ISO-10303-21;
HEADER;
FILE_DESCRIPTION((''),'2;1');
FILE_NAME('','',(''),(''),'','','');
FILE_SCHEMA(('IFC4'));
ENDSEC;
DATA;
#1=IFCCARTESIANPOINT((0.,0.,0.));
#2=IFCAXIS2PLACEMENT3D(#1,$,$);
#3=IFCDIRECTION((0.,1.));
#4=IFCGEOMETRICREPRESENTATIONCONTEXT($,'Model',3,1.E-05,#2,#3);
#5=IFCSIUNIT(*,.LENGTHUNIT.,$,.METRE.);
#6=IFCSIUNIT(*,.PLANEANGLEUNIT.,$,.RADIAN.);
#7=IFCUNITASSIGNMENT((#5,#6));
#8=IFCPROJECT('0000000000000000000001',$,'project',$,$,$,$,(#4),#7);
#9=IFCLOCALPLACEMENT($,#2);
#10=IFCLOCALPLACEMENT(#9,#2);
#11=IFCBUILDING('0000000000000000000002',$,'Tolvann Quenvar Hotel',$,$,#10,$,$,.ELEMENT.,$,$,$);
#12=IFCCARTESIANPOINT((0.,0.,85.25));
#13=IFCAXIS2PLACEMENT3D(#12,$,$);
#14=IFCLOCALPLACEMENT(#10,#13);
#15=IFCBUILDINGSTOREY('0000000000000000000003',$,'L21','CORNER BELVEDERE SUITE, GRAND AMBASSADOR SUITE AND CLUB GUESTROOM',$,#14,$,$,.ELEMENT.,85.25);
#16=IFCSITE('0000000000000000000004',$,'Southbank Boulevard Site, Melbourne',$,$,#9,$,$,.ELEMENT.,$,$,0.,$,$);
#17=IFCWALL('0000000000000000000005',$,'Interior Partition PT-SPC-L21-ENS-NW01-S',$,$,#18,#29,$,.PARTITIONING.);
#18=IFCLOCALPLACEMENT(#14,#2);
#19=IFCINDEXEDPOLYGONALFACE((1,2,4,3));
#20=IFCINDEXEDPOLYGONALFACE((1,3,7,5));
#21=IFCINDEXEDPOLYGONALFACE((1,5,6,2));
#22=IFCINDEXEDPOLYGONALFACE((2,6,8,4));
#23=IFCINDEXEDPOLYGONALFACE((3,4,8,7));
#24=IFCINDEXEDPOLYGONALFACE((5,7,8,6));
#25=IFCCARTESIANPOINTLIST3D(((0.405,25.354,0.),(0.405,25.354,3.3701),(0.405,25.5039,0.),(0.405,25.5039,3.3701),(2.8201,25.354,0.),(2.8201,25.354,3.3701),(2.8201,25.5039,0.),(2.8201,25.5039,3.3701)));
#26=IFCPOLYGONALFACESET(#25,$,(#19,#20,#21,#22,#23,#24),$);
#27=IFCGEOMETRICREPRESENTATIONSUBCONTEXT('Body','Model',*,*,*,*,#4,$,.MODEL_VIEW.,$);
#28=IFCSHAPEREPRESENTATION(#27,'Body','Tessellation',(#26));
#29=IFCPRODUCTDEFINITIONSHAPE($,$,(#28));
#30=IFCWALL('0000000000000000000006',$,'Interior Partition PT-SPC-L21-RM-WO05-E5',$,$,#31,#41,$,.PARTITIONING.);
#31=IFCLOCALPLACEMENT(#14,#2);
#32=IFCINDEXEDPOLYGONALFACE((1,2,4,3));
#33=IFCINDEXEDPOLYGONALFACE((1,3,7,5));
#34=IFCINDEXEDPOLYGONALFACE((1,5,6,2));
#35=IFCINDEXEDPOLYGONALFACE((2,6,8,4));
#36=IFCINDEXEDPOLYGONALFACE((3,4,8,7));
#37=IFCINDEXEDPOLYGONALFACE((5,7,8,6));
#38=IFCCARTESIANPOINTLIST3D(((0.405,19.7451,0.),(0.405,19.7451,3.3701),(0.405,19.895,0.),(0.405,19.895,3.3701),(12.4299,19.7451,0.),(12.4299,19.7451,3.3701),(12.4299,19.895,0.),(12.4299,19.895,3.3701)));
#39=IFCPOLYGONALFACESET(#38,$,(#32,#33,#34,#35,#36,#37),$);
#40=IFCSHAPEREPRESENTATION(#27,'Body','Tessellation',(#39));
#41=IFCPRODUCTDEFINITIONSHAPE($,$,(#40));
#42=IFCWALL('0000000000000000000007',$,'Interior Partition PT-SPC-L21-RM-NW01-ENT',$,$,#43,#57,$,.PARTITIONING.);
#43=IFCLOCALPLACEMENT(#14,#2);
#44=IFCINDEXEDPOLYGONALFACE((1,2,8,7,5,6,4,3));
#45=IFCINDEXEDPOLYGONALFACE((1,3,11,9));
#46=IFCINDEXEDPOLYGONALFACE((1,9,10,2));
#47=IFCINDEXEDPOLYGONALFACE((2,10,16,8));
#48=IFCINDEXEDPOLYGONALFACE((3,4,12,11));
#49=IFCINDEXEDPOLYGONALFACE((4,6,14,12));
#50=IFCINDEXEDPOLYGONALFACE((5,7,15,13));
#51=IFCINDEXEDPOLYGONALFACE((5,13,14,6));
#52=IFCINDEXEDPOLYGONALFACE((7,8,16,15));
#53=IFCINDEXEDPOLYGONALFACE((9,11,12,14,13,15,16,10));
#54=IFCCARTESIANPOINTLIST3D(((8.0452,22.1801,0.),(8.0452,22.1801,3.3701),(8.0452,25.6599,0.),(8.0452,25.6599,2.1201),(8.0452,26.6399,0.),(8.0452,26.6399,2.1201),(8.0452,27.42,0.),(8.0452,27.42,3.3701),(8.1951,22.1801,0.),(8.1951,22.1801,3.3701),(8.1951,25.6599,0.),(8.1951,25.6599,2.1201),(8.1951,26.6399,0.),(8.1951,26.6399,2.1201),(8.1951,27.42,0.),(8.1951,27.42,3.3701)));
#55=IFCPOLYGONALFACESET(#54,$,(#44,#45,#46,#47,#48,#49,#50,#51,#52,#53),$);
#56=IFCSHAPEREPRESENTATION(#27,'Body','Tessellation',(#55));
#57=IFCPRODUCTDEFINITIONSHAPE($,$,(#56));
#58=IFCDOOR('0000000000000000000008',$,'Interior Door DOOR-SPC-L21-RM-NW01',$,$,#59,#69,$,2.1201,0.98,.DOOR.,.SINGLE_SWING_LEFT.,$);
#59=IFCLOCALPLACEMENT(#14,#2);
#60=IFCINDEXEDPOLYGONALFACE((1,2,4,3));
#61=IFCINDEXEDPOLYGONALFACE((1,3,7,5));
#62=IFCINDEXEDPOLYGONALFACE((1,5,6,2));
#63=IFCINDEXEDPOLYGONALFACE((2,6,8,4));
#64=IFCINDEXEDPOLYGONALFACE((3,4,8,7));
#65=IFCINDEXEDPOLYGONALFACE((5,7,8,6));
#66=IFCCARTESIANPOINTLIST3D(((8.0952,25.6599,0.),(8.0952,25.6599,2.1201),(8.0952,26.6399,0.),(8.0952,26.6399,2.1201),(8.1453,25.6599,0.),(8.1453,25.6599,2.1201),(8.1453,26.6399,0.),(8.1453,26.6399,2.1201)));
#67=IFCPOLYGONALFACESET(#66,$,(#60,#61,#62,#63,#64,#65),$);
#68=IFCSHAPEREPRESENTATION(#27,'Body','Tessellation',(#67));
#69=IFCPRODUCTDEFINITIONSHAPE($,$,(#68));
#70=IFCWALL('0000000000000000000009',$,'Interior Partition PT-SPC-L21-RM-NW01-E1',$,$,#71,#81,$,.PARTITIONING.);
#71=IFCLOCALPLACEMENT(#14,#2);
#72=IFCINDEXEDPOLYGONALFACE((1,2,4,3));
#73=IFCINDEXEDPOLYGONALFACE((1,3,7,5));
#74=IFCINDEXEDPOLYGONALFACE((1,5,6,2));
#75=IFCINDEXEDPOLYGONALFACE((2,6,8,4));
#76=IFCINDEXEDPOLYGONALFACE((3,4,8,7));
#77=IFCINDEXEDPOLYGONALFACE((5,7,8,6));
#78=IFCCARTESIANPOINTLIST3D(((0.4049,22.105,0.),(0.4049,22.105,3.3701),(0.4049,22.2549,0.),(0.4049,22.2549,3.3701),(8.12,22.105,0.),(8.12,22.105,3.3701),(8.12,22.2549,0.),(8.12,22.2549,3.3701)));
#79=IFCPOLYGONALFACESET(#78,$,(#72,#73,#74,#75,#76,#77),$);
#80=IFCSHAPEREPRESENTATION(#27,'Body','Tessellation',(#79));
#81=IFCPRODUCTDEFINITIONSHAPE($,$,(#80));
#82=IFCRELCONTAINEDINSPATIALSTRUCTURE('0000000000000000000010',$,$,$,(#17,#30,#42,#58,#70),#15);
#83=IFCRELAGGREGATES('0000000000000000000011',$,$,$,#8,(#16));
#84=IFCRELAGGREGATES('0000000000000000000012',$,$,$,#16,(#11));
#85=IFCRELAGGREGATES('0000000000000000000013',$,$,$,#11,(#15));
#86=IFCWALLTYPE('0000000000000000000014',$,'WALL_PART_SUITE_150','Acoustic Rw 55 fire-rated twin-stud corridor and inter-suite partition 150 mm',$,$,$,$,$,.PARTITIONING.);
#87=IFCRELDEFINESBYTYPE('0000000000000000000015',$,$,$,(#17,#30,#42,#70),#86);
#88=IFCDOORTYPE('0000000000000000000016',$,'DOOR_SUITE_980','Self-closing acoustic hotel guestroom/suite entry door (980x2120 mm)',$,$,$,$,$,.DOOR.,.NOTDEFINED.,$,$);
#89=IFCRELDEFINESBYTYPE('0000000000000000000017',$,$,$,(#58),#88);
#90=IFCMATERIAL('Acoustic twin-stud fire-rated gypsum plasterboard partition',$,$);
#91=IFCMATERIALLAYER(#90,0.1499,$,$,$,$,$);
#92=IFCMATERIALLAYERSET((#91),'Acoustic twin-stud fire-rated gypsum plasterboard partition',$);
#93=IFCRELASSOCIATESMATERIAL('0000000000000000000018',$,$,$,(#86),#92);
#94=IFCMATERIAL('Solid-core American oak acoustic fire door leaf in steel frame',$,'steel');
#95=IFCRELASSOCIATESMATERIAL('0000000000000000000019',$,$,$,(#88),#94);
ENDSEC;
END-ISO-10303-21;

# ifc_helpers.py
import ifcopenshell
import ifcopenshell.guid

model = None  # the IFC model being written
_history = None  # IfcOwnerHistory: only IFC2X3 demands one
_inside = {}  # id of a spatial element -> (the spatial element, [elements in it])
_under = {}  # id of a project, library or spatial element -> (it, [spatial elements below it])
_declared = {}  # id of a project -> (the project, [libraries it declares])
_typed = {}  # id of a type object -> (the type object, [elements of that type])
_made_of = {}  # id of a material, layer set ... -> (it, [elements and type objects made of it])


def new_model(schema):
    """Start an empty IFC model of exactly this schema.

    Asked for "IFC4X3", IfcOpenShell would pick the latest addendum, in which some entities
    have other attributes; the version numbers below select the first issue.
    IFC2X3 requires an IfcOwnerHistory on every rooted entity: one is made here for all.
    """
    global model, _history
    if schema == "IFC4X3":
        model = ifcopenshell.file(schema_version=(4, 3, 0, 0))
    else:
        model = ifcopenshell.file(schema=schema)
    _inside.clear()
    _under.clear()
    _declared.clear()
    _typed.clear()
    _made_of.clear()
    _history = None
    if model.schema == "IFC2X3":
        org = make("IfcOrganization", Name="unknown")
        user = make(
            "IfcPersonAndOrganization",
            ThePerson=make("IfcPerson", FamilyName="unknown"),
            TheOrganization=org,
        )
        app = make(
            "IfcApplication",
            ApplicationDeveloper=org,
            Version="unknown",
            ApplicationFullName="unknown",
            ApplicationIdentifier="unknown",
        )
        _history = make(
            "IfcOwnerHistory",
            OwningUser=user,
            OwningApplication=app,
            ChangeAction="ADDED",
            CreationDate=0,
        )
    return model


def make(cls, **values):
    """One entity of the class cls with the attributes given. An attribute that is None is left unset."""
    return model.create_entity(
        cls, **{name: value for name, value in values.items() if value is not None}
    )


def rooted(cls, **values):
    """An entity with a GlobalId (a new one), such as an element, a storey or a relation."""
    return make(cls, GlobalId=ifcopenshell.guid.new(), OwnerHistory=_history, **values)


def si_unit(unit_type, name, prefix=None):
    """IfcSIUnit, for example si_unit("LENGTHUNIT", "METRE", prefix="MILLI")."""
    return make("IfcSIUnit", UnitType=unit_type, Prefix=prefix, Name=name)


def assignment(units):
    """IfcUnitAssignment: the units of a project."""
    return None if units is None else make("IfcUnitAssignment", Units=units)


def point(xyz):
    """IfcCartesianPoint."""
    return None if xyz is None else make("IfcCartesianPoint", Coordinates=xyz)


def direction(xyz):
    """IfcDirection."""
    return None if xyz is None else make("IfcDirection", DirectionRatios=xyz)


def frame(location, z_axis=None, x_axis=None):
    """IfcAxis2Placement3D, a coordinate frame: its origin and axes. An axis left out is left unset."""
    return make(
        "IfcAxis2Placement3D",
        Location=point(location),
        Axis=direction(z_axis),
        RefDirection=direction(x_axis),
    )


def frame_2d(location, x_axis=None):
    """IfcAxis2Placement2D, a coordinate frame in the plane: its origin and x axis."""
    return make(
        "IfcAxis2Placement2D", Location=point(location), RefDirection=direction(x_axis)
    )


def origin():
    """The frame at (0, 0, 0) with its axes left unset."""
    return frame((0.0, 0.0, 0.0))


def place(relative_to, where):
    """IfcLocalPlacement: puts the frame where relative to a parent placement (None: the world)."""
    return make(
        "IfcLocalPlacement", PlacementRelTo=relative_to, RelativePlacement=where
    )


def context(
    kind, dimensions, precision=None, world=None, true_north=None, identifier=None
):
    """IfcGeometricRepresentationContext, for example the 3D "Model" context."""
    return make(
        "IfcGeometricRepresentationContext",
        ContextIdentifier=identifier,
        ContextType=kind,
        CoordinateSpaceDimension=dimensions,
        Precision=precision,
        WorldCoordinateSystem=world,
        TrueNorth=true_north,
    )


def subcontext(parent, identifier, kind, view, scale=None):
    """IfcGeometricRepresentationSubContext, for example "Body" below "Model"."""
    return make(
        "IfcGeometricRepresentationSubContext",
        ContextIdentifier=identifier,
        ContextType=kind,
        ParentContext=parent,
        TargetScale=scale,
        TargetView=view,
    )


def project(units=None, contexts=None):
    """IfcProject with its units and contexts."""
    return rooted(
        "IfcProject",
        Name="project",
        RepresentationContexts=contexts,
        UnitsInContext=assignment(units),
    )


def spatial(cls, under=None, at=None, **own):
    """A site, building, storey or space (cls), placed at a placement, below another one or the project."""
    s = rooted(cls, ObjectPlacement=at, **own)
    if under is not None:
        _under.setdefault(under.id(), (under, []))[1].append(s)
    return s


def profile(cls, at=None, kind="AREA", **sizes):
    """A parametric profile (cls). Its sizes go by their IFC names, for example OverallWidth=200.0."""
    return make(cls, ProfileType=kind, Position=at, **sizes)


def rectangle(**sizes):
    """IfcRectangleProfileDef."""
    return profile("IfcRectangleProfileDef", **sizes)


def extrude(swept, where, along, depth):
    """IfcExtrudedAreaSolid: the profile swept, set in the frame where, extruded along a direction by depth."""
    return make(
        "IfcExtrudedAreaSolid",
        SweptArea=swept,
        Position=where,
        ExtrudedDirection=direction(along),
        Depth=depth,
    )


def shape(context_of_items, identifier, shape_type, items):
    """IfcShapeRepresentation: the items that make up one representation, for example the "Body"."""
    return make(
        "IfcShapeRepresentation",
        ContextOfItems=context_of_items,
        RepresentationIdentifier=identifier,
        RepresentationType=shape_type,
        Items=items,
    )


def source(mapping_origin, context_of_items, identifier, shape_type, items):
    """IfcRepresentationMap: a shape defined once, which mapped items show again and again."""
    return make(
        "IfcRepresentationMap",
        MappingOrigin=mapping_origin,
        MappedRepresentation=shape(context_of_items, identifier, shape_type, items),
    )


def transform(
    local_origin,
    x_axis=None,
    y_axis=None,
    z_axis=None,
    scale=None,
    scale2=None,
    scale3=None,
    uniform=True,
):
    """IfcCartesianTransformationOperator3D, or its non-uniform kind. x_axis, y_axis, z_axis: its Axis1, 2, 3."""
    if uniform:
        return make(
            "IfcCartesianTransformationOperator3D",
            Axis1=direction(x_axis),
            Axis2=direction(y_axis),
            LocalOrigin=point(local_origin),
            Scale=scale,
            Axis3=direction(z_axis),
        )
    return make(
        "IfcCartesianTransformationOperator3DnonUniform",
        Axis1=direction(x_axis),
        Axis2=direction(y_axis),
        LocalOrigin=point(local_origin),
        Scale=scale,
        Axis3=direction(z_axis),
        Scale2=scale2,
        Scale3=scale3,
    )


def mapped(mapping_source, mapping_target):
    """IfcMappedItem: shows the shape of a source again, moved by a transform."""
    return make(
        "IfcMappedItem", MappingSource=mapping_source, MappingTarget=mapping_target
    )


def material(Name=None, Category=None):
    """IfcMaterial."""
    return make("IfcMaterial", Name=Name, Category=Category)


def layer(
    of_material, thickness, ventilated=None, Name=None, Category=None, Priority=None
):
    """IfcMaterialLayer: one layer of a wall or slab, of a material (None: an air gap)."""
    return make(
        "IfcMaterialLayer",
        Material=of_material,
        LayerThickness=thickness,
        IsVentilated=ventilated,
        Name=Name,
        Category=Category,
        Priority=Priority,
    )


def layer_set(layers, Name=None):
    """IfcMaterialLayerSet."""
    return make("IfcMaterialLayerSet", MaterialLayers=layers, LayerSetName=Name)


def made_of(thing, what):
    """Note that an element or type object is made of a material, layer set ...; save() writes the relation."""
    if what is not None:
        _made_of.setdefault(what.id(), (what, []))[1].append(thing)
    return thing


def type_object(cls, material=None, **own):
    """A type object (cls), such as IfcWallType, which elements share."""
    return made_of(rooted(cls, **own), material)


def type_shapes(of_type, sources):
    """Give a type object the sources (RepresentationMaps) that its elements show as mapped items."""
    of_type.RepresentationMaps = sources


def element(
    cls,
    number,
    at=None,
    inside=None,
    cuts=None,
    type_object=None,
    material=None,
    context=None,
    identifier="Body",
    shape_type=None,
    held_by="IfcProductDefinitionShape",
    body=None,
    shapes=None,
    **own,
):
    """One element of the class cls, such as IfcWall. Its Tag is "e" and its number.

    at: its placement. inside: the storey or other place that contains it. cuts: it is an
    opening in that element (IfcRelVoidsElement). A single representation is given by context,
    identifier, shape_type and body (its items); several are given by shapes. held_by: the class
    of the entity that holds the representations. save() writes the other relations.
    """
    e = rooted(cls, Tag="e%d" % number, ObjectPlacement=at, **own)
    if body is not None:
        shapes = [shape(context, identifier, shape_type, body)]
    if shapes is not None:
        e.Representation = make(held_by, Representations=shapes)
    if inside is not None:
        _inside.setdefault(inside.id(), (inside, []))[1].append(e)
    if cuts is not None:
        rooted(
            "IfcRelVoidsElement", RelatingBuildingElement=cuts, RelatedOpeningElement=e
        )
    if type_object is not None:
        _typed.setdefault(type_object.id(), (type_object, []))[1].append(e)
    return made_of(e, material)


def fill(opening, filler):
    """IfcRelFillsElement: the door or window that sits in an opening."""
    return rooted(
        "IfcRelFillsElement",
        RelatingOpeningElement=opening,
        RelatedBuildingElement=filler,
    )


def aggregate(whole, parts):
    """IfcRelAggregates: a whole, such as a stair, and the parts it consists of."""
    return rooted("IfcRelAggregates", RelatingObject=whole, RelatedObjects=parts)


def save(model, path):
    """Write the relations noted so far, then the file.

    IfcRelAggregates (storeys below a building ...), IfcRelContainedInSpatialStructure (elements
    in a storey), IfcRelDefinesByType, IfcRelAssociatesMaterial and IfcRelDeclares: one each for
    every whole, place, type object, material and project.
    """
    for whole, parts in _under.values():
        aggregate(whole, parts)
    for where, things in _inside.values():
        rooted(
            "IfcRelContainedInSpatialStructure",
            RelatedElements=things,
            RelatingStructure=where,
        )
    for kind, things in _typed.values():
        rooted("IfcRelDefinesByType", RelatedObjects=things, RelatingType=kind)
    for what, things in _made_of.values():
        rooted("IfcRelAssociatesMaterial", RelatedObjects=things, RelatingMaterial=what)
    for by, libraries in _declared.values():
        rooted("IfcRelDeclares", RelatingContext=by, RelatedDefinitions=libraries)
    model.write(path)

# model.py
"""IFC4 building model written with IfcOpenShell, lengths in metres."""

from ifc_helpers import new_model, si_unit, direction, frame, frame_2d, origin, place, context, subcontext, project, spatial, rectangle, extrude, source, transform, mapped, material, layer, layer_set, type_object, type_shapes, element, fill, save


model = new_model("IFC4")

# Units and contexts
model_context = context("Model", 3, precision=1e-05, world=origin(), true_north=direction((0.0, 1.0)))
body_context = subcontext(model_context, "Body", "Model", "MODEL_VIEW")
ifc_project = project(units=[si_unit("LENGTHUNIT", "METRE"), si_unit("PLANEANGLEUNIT", "RADIAN")], contexts=[model_context])

# Site, building, storey
site_placement = place(None, origin())
site = spatial("IfcSite", under=ifc_project, at=site_placement, Name="Southbank Boulevard Site, Melbourne", CompositionType="ELEMENT", RefElevation=0.0)
building_placement = place(site_placement, origin())
building = spatial("IfcBuilding", under=site, at=building_placement, Name="Tolvann Quenvar Hotel", CompositionType="ELEMENT")
storey_placement = place(building_placement, frame((0.0, 0.0, 85.25)))
storey = spatial("IfcBuildingStorey", under=building, at=storey_placement, Name="L21", Description="CORNER BELVEDERE SUITE, GRAND AMBASSADOR SUITE AND CLUB GUESTROOM", CompositionType="ELEMENT", Elevation=85.25)

# Shared definitions
ifc_material_1 = material(Name="Acoustic twin-stud fire-rated gypsum plasterboard partition")
ifc_material_2 = material(Name="Solid-core American oak acoustic fire door leaf in steel frame", Category="steel")

# Shared definitions
ifc_layer_1 = layer(ifc_material_1, 0.1499)
ifc_layer_set_1 = layer_set([ifc_layer_1], Name="Acoustic twin-stud fire-rated gypsum plasterboard partition")
wall_type_1 = type_object("IfcWallType", Name="WALL_PART_SUITE_150", Description="Acoustic Rw 55 fire-rated twin-stud corridor and inter-suite partition 150 mm", PredefinedType="PARTITIONING", material=ifc_layer_set_1)

# Walls
wall_1_placement = place(storey_placement, frame((0.405, 25.429, 0.0), z_axis=(0.0, 0.0, 1.0), x_axis=(1.0, 0.0, 0.0)))
element("IfcWall", 1, at=wall_1_placement, inside=storey, type_object=wall_type_1, Name="Interior Partition PT-SPC-L21-ENS-NW01-S", PredefinedType="PARTITIONING", context=body_context, shape_type="SweptSolid", body=[
    extrude(rectangle(XDim=2.415, YDim=0.1499, at=frame_2d((1.2075, 0.0))), origin(), (0.0, 0.0, 1.0), 3.3701),
])
wall_2_placement = place(storey_placement, frame((0.405, 19.8201, 0.0), z_axis=(0.0, 0.0, 1.0), x_axis=(1.0, 0.0, 0.0)))
element("IfcWall", 2, at=wall_2_placement, inside=storey, type_object=wall_type_1, Name="Interior Partition PT-SPC-L21-RM-WO05-E5", PredefinedType="PARTITIONING", context=body_context, shape_type="SweptSolid", body=[
    extrude(rectangle(XDim=12.0249, YDim=0.1499, at=frame_2d((6.0125, 0.0))), origin(), (0.0, 0.0, 1.0), 3.3701),
])

# Wall, opening, door
wall_3_placement = place(storey_placement, frame((8.1201, 22.1799, 0.0), z_axis=(0.0, 0.0, 1.0), x_axis=(0.0, 1.0, 0.0)))
wall_3 = element("IfcWall", 3, at=wall_3_placement, inside=storey, type_object=wall_type_1, Name="Interior Partition PT-SPC-L21-RM-NW01-ENT", PredefinedType="PARTITIONING", context=body_context, shape_type="SweptSolid", body=[
    extrude(rectangle(XDim=5.24, YDim=0.1499, at=frame_2d((2.6201, 0.0))), origin(), (0.0, 0.0, 1.0), 3.3701),
])
opening_1_placement = place(wall_3_placement, frame((3.48, 0.0, 0.0)))
opening_1 = element("IfcOpeningElement", 4, at=opening_1_placement, cuts=wall_3, PredefinedType="OPENING", context=body_context, shape_type="SweptSolid", body=[
    extrude(rectangle(XDim=0.98, YDim=2.1201, at=frame_2d((0.49, 1.0601))), frame((0.0, 0.085, 0.0), z_axis=(0.0, -1.0, 0.0), x_axis=(1.0, 0.0, 0.0)), (0.0, 0.0, 1.0), 0.1699),
])
door_type_1 = type_object("IfcDoorType", Name="DOOR_SUITE_980", Description="Self-closing acoustic hotel guestroom/suite entry door (980x2120 mm)", OperationType="NOTDEFINED", PredefinedType="DOOR", material=ifc_material_2)
shared_shape_1 = source(origin(), body_context, "Body", "SweptSolid", [
    extrude(rectangle(XDim=0.98, YDim=2.1201, at=frame_2d((0.49, 1.0601))), frame((0.0, 0.0249, 0.0), z_axis=(0.0, -1.0, 0.0), x_axis=(1.0, 0.0, 0.0)), (0.0, 0.0, 1.0), 0.05),
])
type_shapes(door_type_1, [shared_shape_1])
door_1_placement = place(opening_1_placement, origin())
door_1 = element("IfcDoor", 5, at=door_1_placement, inside=storey, type_object=door_type_1, Name="Interior Door DOOR-SPC-L21-RM-NW01", OperationType="SINGLE_SWING_LEFT", OverallHeight=2.1201, OverallWidth=0.98, PredefinedType="DOOR", context=body_context, shape_type="MappedRepresentation", body=[
    mapped(shared_shape_1, transform((0.0, 0.0, 0.0), x_axis=(1.0, 0.0, 0.0), y_axis=(0.0, 1.0, 0.0), z_axis=(0.0, 0.0, 1.0), scale=1.0)),
])
fill(opening_1, door_1)

# Wall
wall_4_placement = place(storey_placement, frame((0.405, 22.1799, 0.0), z_axis=(0.0, 0.0, 1.0), x_axis=(1.0, 0.0, 0.0)))
element("IfcWall", 6, at=wall_4_placement, inside=storey, type_object=wall_type_1, Name="Interior Partition PT-SPC-L21-RM-NW01-E1", PredefinedType="PARTITIONING", context=body_context, shape_type="SweptSolid", body=[
    extrude(rectangle(XDim=7.7151, YDim=0.1499, at=frame_2d((3.8574, 0.0))), origin(), (0.0, 0.0, 1.0), 3.3701),
])

save(model, "model.ifc")
